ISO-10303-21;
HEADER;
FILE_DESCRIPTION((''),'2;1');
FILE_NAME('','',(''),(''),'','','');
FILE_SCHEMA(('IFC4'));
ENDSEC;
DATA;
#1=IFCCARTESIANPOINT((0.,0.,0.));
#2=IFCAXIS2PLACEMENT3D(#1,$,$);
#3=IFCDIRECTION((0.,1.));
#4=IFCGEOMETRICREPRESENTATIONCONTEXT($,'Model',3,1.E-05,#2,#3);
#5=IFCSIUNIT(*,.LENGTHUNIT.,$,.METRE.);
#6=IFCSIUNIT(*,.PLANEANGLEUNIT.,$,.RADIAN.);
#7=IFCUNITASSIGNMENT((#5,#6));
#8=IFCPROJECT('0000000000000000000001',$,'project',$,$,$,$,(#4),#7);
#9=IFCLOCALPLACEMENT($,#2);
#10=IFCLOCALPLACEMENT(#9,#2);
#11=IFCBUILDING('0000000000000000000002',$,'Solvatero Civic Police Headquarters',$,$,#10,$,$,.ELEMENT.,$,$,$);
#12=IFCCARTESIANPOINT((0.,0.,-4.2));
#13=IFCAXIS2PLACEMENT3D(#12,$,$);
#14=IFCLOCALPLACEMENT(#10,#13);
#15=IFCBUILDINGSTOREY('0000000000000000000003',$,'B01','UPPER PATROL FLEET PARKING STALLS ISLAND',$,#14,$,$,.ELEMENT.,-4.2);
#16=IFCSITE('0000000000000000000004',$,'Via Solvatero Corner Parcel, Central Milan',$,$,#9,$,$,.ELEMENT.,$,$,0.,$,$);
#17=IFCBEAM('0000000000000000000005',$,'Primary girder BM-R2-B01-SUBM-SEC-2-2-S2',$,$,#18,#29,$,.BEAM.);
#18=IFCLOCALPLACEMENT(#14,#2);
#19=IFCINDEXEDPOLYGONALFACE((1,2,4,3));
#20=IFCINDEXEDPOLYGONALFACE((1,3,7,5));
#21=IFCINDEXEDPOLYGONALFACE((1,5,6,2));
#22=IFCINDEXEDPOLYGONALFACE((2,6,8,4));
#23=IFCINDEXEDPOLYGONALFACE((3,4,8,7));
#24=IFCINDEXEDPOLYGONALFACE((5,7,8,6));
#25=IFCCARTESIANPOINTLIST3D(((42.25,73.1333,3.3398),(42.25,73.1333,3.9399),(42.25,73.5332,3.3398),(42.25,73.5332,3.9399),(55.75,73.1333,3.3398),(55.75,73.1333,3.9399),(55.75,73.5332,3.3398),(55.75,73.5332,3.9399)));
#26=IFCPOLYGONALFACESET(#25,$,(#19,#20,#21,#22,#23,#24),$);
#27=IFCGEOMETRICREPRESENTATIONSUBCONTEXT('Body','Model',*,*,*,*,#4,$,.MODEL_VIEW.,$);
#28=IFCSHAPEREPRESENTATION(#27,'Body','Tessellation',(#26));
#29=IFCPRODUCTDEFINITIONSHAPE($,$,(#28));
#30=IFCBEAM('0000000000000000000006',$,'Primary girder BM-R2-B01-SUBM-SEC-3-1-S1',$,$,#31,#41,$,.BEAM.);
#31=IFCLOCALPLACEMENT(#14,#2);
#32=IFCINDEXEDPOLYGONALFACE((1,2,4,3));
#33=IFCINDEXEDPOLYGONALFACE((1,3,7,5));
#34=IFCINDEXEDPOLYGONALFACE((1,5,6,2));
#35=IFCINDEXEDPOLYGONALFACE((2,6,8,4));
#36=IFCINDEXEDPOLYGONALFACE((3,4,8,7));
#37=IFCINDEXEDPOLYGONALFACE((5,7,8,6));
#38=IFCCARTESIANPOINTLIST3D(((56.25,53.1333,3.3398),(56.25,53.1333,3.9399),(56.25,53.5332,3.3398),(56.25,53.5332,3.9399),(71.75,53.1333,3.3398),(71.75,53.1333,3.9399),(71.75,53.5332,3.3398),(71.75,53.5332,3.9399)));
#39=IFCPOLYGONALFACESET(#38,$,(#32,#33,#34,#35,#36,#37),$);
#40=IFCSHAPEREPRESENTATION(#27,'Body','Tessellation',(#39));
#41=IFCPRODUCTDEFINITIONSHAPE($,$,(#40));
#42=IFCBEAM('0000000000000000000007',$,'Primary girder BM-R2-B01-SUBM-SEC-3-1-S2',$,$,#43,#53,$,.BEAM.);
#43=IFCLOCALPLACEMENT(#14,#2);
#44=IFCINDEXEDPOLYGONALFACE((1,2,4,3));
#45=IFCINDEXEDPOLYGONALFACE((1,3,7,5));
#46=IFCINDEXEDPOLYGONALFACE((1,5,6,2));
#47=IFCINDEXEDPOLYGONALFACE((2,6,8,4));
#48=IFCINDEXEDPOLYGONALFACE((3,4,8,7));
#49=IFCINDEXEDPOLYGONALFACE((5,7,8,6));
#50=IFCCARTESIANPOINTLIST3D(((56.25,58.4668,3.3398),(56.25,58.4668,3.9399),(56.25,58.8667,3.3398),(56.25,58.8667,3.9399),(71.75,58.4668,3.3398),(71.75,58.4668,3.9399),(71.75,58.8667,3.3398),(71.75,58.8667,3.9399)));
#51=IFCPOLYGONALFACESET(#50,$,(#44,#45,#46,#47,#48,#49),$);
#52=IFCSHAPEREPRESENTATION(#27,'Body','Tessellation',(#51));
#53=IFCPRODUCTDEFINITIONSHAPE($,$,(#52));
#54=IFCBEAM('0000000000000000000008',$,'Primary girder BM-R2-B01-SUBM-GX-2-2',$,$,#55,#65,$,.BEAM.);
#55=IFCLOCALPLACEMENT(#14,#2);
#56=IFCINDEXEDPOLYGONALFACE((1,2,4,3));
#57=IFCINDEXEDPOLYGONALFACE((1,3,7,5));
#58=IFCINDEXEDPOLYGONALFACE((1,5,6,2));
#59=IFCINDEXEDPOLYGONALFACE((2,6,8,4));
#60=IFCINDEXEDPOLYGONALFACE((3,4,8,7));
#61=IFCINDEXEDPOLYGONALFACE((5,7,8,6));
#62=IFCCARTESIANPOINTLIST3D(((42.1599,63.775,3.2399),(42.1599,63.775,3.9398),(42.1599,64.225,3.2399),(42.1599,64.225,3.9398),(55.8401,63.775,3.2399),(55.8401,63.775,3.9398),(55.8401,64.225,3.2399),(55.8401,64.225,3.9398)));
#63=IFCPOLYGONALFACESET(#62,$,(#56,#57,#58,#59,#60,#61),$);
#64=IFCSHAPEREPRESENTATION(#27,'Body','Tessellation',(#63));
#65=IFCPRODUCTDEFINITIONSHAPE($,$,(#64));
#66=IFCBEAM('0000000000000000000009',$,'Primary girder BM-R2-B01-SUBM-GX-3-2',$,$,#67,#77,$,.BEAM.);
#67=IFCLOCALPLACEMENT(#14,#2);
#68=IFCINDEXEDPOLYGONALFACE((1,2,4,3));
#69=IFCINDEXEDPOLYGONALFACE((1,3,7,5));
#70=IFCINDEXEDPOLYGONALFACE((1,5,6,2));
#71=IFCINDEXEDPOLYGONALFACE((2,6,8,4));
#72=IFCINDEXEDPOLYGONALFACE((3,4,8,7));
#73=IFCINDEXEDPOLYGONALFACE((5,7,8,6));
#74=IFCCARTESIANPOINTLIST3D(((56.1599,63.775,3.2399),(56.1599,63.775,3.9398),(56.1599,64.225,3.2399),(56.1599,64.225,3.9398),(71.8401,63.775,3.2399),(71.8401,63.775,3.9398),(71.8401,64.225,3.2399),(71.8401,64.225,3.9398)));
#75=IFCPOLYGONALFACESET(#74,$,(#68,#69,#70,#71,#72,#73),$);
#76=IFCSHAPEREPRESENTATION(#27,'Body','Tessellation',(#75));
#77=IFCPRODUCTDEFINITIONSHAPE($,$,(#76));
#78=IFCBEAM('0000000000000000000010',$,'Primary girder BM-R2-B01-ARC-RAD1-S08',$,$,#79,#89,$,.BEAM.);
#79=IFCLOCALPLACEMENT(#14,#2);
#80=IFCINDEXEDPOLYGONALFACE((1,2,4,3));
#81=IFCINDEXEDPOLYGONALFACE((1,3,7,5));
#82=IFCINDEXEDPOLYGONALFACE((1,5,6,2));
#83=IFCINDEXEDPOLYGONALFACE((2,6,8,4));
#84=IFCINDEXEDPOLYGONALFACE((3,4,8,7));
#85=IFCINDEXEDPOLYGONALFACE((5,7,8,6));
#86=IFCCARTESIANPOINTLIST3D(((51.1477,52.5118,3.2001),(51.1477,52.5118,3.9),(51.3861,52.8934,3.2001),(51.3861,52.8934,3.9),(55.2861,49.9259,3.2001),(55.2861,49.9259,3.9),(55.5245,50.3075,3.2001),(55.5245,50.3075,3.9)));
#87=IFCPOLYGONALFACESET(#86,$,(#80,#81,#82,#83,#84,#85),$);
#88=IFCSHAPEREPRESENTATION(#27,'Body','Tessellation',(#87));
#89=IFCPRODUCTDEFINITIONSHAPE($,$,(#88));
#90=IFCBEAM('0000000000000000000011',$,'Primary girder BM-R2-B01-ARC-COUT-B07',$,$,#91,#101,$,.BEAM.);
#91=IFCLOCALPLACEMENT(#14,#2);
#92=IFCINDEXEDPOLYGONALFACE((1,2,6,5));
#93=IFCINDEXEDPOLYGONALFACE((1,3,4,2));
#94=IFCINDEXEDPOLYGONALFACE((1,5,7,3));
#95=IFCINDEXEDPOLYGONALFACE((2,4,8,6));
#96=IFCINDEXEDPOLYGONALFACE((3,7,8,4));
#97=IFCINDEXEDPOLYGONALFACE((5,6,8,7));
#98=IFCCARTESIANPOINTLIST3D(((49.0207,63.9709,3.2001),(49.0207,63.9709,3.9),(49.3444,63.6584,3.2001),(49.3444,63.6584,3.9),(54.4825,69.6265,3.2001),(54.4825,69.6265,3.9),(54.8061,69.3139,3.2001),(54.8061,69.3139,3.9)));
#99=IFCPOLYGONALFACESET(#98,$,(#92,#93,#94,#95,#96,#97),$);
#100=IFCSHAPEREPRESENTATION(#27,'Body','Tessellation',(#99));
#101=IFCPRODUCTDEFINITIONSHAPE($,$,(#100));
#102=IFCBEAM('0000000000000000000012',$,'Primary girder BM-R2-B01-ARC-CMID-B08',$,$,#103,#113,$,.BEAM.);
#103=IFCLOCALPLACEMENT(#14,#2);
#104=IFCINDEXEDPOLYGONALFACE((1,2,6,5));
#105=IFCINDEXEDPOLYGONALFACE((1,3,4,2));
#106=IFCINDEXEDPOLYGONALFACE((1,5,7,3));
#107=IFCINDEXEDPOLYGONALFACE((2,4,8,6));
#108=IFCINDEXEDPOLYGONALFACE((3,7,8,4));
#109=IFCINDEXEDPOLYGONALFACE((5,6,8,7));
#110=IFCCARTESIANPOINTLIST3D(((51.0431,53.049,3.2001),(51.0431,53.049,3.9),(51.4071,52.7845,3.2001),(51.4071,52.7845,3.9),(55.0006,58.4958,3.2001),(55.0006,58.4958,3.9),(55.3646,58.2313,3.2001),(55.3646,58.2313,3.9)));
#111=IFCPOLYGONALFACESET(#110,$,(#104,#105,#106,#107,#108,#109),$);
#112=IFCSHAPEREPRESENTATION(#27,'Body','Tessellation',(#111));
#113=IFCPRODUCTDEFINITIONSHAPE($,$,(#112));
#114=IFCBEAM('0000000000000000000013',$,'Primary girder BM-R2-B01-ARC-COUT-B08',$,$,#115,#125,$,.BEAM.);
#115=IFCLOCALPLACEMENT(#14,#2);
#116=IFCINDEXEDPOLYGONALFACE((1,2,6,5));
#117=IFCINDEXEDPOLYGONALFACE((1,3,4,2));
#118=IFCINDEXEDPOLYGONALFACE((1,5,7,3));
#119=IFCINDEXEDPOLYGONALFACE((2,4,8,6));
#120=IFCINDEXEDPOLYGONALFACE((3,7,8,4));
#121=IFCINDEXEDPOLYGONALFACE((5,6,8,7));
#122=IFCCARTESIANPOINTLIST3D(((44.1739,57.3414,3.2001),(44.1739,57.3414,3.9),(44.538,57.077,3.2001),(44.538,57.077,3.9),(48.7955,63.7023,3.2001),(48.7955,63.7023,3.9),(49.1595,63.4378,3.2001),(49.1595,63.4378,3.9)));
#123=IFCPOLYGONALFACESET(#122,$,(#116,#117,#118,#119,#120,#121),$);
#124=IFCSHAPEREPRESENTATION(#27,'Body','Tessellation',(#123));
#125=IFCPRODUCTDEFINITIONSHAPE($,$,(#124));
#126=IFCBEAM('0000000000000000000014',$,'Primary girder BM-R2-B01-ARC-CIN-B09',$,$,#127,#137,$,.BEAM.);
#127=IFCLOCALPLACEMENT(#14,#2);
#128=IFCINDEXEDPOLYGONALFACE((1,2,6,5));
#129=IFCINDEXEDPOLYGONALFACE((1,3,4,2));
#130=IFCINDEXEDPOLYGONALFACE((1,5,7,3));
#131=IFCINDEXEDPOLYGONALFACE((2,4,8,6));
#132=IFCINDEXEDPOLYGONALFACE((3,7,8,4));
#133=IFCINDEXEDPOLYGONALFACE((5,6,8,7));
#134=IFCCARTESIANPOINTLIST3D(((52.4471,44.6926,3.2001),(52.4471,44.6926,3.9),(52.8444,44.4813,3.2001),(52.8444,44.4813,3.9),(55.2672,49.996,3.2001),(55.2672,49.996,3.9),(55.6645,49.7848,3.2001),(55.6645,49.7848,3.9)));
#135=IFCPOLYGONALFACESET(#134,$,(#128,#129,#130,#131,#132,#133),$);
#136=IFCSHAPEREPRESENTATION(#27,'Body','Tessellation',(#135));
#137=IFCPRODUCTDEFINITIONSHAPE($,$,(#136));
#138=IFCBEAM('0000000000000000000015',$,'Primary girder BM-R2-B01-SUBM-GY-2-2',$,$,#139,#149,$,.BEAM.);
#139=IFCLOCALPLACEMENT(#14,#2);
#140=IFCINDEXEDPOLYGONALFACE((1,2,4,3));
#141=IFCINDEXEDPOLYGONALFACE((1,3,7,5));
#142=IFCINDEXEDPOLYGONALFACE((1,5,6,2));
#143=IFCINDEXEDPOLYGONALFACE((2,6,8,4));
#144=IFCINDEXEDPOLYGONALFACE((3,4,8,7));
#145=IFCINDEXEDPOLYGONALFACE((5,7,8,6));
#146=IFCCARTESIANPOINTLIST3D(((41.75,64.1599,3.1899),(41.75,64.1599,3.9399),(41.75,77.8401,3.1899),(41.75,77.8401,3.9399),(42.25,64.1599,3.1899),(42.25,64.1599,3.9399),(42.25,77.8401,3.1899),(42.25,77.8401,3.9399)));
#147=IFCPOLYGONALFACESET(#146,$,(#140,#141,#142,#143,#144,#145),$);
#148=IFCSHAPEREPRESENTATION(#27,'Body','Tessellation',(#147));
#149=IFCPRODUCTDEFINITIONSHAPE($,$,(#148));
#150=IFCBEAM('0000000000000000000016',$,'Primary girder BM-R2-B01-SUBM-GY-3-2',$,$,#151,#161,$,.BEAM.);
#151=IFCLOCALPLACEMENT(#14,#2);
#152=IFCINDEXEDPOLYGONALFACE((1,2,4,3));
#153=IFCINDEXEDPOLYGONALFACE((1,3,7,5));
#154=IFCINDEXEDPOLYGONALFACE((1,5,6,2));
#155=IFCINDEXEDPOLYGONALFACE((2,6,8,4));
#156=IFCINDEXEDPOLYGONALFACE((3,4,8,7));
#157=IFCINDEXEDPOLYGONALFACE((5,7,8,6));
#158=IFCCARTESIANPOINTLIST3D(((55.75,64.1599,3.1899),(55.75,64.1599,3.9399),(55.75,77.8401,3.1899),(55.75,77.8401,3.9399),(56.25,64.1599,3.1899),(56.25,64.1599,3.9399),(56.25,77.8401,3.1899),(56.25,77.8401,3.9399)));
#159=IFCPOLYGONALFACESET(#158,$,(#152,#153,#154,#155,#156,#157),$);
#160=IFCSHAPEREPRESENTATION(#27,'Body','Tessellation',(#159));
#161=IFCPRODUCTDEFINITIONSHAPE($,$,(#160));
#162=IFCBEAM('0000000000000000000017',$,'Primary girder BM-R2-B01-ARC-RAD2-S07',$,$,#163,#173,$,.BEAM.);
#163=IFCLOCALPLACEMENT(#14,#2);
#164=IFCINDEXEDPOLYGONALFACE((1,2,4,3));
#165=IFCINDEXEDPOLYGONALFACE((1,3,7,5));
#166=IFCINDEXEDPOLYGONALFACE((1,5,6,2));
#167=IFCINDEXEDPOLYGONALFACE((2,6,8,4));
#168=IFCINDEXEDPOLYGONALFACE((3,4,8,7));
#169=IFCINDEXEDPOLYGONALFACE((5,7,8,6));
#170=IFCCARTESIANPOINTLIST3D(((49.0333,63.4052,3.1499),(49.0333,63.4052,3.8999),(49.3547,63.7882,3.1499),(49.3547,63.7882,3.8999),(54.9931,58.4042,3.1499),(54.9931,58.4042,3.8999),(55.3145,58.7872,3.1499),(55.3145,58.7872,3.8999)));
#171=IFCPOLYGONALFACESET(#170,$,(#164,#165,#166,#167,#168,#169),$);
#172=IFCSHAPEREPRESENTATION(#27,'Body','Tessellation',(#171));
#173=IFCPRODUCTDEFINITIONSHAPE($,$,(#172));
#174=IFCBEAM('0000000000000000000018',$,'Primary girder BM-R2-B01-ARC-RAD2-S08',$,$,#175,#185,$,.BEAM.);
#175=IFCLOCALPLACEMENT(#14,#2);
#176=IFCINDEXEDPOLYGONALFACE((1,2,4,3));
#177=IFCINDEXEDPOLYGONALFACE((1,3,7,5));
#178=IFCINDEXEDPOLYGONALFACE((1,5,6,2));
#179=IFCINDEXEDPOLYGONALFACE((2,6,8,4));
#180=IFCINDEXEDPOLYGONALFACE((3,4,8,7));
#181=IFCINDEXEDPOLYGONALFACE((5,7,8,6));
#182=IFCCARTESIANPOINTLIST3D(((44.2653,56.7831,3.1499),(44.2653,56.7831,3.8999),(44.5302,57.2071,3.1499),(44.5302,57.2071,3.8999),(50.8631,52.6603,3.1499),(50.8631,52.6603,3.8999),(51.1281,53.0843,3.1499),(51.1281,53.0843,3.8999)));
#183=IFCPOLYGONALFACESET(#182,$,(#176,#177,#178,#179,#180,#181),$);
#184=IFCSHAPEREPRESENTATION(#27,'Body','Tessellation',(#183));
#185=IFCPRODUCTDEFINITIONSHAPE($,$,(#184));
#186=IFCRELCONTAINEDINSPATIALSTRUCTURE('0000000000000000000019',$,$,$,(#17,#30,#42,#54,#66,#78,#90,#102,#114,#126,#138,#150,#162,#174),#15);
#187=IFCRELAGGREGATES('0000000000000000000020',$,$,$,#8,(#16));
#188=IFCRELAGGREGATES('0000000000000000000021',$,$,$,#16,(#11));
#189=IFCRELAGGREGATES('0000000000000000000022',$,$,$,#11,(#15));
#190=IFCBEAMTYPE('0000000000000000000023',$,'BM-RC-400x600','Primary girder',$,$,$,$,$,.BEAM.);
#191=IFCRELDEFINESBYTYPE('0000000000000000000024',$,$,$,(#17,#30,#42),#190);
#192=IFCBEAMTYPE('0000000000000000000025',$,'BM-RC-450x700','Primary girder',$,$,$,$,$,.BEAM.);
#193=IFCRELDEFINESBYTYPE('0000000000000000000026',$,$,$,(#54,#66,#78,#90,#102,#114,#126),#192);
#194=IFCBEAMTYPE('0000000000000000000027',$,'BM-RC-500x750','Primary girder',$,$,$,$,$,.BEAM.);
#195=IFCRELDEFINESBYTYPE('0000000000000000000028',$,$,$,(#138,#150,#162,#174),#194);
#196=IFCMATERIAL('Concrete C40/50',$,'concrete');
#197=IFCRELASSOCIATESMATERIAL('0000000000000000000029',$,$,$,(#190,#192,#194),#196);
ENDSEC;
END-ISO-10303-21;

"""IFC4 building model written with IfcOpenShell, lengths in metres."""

from ifc_helpers import new_model, si_unit, direction, frame, origin, origin_2d, place, context, subcontext, project, spatial, rectangle, extrude, material, material_profile, profile_set, type_object, element, save


model = new_model("IFC4")

# Units and contexts
model_context = context("Model", 3, precision=1e-05, world=origin(), true_north=direction((0.0, 1.0)))
body_context = subcontext(model_context, "Body", "Model", "MODEL_VIEW")
ifc_project = project(units=[si_unit("LENGTHUNIT", "METRE"), si_unit("PLANEANGLEUNIT", "RADIAN")], contexts=[model_context])

# Site, building, storey
site_placement = place(None, origin())
site = spatial("IfcSite", under=ifc_project, at=site_placement, Name="Via Solvatero Corner Parcel, Central Milan", CompositionType="ELEMENT", RefElevation=0.0)
building_placement = place(site_placement, origin())
building = spatial("IfcBuilding", under=site, at=building_placement, Name="Solvatero Civic Police Headquarters", CompositionType="ELEMENT")
storey_placement = place(building_placement, frame((0.0, 0.0, -4.2)))
storey = spatial("IfcBuildingStorey", under=building, at=storey_placement, Name="B01", Description="UPPER PATROL FLEET PARKING STALLS ISLAND", CompositionType="ELEMENT", Elevation=-4.2)

# Shared definitions
ifc_material_1 = material(Name="Concrete C40/50", Category="concrete")

# Beams
ifc_material_profile_1 = material_profile(ifc_material_1, rectangle(XDim=0.3999, YDim=0.6001, at=origin_2d()), Name="RC 400x600")
ifc_profile_set_1 = profile_set([ifc_material_profile_1], Name="Concrete C40/50")
beam_type_1 = type_object("IfcBeamType", Name="BM-RC-400x600", Description="Primary girder", PredefinedType="BEAM", material=ifc_profile_set_1)
for number, where, z_axis, x_axis, name in (
    (1, (42.25, 73.3333, 3.6399), (1.0, 0.0, 0.0), (0.0, 1.0, 0.0), "Primary girder BM-R2-B01-SUBM-SEC-2-2-S2"),
):
    element("IfcBeam", number, at=place(storey_placement, frame(where, z_axis=z_axis, x_axis=x_axis)), inside=storey, type_object=beam_type_1, Name=name, PredefinedType="BEAM", context=body_context, shape_type="SweptSolid", body=[
        extrude(rectangle(XDim=0.3999, YDim=0.6001, at=origin_2d()), origin(), (0.0, 0.0, 1.0), 13.5),
    ])
for number, where, z_axis, x_axis, name in (
    (2, (56.25, 53.3333, 3.6399), (1.0, 0.0, 0.0), (0.0, 1.0, 0.0), "Primary girder BM-R2-B01-SUBM-SEC-3-1-S1"),
    (3, (56.25, 58.6667, 3.6399), (1.0, 0.0, 0.0), (0.0, 1.0, 0.0), "Primary girder BM-R2-B01-SUBM-SEC-3-1-S2"),
):
    element("IfcBeam", number, at=place(storey_placement, frame(where, z_axis=z_axis, x_axis=x_axis)), inside=storey, type_object=beam_type_1, Name=name, PredefinedType="BEAM", context=body_context, shape_type="SweptSolid", body=[
        extrude(rectangle(XDim=0.3999, YDim=0.6001, at=origin_2d()), origin(), (0.0, 0.0, 1.0), 15.5),
    ])
ifc_material_profile_2 = material_profile(ifc_material_1, rectangle(XDim=0.45, YDim=0.7, at=origin_2d()), Name="RC 450x700")
ifc_profile_set_2 = profile_set([ifc_material_profile_2], Name="Concrete C40/50")
beam_type_2 = type_object("IfcBeamType", Name="BM-RC-450x700", Description="Primary girder", PredefinedType="BEAM", material=ifc_profile_set_2)
beam_1_placement = place(storey_placement, frame((42.1599, 64.0, 3.5898), z_axis=(1.0, 0.0, 0.0), x_axis=(0.0, 1.0, 0.0)))
element("IfcBeam", 4, at=beam_1_placement, inside=storey, type_object=beam_type_2, Name="Primary girder BM-R2-B01-SUBM-GX-2-2", PredefinedType="BEAM", context=body_context, shape_type="SweptSolid", body=[
    extrude(rectangle(XDim=0.45, YDim=0.7, at=origin_2d()), origin(), (0.0, 0.0, 1.0), 13.6802),
])
beam_2_placement = place(storey_placement, frame((56.1599, 64.0, 3.5898), z_axis=(1.0, 0.0, 0.0), x_axis=(0.0, 1.0, 0.0)))
element("IfcBeam", 5, at=beam_2_placement, inside=storey, type_object=beam_type_2, Name="Primary girder BM-R2-B01-SUBM-GX-3-2", PredefinedType="BEAM", context=body_context, shape_type="SweptSolid", body=[
    extrude(rectangle(XDim=0.45, YDim=0.7, at=origin_2d()), origin(), (0.0, 0.0, 1.0), 15.6802),
])
beam_3_placement = place(storey_placement, frame((55.4053, 50.1167, 3.55), z_axis=(-0.848052, 0.529913, 0.0), x_axis=(-0.529913, -0.848052, 0.0)))
element("IfcBeam", 6, at=beam_3_placement, inside=storey, type_object=beam_type_2, Name="Primary girder BM-R2-B01-ARC-RAD1-S08", PredefinedType="BEAM", context=body_context, shape_type="SweptSolid", body=[
    extrude(rectangle(XDim=0.45, YDim=0.7, at=origin_2d()), origin(), (0.0, 0.0, 1.0), 4.8799),
])
beam_4_placement = place(storey_placement, frame((54.6443, 69.4702, 3.55), z_axis=(-0.694672, -0.719327, 0.0), x_axis=(0.719327, -0.694672, 0.0)))
element("IfcBeam", 7, at=beam_4_placement, inside=storey, type_object=beam_type_2, Name="Primary girder BM-R2-B01-ARC-COUT-B07", PredefinedType="BEAM", context=body_context, shape_type="SweptSolid", body=[
    extrude(rectangle(XDim=0.45, YDim=0.7, at=origin_2d()), origin(), (0.0, 0.0, 1.0), 7.8623),
])
beam_5_placement = place(storey_placement, frame((55.1826, 58.3635, 3.55), z_axis=(-0.587805, -0.809003, 0.0), x_axis=(0.809003, -0.587805, 0.0)))
element("IfcBeam", 8, at=beam_5_placement, inside=storey, type_object=beam_type_2, Name="Primary girder BM-R2-B01-ARC-CMID-B08", PredefinedType="BEAM", context=body_context, shape_type="SweptSolid", body=[
    extrude(rectangle(XDim=0.45, YDim=0.7, at=origin_2d()), origin(), (0.0, 0.0, 1.0), 6.7327),
])
beam_6_placement = place(storey_placement, frame((48.9775, 63.5701, 3.55), z_axis=(-0.587799, -0.809007, 0.0), x_axis=(0.809007, -0.587799, 0.0)))
element("IfcBeam", 9, at=beam_6_placement, inside=storey, type_object=beam_type_2, Name="Primary girder BM-R2-B01-ARC-COUT-B08", PredefinedType="BEAM", context=body_context, shape_type="SweptSolid", body=[
    extrude(rectangle(XDim=0.45, YDim=0.7, at=origin_2d()), origin(), (0.0, 0.0, 1.0), 7.8625),
])
beam_7_placement = place(storey_placement, frame((55.4658, 49.8904, 3.55), z_axis=(-0.469493, -0.882936, 0.0), x_axis=(0.882936, -0.469493, 0.0)))
element("IfcBeam", 10, at=beam_7_placement, inside=storey, type_object=beam_type_2, Name="Primary girder BM-R2-B01-ARC-CIN-B09", PredefinedType="BEAM", context=body_context, shape_type="SweptSolid", body=[
    extrude(rectangle(XDim=0.45, YDim=0.7, at=origin_2d()), origin(), (0.0, 0.0, 1.0), 6.0066),
])
ifc_material_profile_3 = material_profile(ifc_material_1, rectangle(XDim=0.5, YDim=0.75, at=origin_2d()), Name="RC 500x750")
ifc_profile_set_3 = profile_set([ifc_material_profile_3], Name="Concrete C40/50")
beam_type_3 = type_object("IfcBeamType", Name="BM-RC-500x750", Description="Primary girder", PredefinedType="BEAM", material=ifc_profile_set_3)
for number, where, z_axis, x_axis, name in (
    (11, (42.0, 64.1599, 3.5649), (0.0, 1.0, 0.0), (-1.0, 0.0, 0.0), "Primary girder BM-R2-B01-SUBM-GY-2-2"),
    (12, (56.0, 64.1599, 3.5649), (0.0, 1.0, 0.0), (-1.0, 0.0, 0.0), "Primary girder BM-R2-B01-SUBM-GY-3-2"),
):
    element("IfcBeam", number, at=place(storey_placement, frame(where, z_axis=z_axis, x_axis=x_axis)), inside=storey, type_object=beam_type_3, Name=name, PredefinedType="BEAM", context=body_context, shape_type="SweptSolid", body=[
        extrude(rectangle(XDim=0.5, YDim=0.75, at=origin_2d()), origin(), (0.0, 0.0, 1.0), 13.6802),
    ])
for number, where, z_axis, x_axis, name in (
    (13, (55.1538, 58.5957, 3.5249), (-0.766033, 0.642801, 0.0), (-0.642801, -0.766033, 0.0), "Primary girder BM-R2-B01-ARC-RAD2-S07"),
    (14, (50.9956, 52.8723, 3.5249), (-0.848049, 0.529917, 0.0), (-0.529917, -0.848049, 0.0), "Primary girder BM-R2-B01-ARC-RAD2-S08"),
):
    element("IfcBeam", number, at=place(storey_placement, frame(where, z_axis=z_axis, x_axis=x_axis)), inside=storey, type_object=beam_type_3, Name=name, PredefinedType="BEAM", context=body_context, shape_type="SweptSolid", body=[
        extrude(rectangle(XDim=0.5, YDim=0.75, at=origin_2d()), origin(), (0.0, 0.0, 1.0), 7.78),
    ])

save(model, "model.ifc")
